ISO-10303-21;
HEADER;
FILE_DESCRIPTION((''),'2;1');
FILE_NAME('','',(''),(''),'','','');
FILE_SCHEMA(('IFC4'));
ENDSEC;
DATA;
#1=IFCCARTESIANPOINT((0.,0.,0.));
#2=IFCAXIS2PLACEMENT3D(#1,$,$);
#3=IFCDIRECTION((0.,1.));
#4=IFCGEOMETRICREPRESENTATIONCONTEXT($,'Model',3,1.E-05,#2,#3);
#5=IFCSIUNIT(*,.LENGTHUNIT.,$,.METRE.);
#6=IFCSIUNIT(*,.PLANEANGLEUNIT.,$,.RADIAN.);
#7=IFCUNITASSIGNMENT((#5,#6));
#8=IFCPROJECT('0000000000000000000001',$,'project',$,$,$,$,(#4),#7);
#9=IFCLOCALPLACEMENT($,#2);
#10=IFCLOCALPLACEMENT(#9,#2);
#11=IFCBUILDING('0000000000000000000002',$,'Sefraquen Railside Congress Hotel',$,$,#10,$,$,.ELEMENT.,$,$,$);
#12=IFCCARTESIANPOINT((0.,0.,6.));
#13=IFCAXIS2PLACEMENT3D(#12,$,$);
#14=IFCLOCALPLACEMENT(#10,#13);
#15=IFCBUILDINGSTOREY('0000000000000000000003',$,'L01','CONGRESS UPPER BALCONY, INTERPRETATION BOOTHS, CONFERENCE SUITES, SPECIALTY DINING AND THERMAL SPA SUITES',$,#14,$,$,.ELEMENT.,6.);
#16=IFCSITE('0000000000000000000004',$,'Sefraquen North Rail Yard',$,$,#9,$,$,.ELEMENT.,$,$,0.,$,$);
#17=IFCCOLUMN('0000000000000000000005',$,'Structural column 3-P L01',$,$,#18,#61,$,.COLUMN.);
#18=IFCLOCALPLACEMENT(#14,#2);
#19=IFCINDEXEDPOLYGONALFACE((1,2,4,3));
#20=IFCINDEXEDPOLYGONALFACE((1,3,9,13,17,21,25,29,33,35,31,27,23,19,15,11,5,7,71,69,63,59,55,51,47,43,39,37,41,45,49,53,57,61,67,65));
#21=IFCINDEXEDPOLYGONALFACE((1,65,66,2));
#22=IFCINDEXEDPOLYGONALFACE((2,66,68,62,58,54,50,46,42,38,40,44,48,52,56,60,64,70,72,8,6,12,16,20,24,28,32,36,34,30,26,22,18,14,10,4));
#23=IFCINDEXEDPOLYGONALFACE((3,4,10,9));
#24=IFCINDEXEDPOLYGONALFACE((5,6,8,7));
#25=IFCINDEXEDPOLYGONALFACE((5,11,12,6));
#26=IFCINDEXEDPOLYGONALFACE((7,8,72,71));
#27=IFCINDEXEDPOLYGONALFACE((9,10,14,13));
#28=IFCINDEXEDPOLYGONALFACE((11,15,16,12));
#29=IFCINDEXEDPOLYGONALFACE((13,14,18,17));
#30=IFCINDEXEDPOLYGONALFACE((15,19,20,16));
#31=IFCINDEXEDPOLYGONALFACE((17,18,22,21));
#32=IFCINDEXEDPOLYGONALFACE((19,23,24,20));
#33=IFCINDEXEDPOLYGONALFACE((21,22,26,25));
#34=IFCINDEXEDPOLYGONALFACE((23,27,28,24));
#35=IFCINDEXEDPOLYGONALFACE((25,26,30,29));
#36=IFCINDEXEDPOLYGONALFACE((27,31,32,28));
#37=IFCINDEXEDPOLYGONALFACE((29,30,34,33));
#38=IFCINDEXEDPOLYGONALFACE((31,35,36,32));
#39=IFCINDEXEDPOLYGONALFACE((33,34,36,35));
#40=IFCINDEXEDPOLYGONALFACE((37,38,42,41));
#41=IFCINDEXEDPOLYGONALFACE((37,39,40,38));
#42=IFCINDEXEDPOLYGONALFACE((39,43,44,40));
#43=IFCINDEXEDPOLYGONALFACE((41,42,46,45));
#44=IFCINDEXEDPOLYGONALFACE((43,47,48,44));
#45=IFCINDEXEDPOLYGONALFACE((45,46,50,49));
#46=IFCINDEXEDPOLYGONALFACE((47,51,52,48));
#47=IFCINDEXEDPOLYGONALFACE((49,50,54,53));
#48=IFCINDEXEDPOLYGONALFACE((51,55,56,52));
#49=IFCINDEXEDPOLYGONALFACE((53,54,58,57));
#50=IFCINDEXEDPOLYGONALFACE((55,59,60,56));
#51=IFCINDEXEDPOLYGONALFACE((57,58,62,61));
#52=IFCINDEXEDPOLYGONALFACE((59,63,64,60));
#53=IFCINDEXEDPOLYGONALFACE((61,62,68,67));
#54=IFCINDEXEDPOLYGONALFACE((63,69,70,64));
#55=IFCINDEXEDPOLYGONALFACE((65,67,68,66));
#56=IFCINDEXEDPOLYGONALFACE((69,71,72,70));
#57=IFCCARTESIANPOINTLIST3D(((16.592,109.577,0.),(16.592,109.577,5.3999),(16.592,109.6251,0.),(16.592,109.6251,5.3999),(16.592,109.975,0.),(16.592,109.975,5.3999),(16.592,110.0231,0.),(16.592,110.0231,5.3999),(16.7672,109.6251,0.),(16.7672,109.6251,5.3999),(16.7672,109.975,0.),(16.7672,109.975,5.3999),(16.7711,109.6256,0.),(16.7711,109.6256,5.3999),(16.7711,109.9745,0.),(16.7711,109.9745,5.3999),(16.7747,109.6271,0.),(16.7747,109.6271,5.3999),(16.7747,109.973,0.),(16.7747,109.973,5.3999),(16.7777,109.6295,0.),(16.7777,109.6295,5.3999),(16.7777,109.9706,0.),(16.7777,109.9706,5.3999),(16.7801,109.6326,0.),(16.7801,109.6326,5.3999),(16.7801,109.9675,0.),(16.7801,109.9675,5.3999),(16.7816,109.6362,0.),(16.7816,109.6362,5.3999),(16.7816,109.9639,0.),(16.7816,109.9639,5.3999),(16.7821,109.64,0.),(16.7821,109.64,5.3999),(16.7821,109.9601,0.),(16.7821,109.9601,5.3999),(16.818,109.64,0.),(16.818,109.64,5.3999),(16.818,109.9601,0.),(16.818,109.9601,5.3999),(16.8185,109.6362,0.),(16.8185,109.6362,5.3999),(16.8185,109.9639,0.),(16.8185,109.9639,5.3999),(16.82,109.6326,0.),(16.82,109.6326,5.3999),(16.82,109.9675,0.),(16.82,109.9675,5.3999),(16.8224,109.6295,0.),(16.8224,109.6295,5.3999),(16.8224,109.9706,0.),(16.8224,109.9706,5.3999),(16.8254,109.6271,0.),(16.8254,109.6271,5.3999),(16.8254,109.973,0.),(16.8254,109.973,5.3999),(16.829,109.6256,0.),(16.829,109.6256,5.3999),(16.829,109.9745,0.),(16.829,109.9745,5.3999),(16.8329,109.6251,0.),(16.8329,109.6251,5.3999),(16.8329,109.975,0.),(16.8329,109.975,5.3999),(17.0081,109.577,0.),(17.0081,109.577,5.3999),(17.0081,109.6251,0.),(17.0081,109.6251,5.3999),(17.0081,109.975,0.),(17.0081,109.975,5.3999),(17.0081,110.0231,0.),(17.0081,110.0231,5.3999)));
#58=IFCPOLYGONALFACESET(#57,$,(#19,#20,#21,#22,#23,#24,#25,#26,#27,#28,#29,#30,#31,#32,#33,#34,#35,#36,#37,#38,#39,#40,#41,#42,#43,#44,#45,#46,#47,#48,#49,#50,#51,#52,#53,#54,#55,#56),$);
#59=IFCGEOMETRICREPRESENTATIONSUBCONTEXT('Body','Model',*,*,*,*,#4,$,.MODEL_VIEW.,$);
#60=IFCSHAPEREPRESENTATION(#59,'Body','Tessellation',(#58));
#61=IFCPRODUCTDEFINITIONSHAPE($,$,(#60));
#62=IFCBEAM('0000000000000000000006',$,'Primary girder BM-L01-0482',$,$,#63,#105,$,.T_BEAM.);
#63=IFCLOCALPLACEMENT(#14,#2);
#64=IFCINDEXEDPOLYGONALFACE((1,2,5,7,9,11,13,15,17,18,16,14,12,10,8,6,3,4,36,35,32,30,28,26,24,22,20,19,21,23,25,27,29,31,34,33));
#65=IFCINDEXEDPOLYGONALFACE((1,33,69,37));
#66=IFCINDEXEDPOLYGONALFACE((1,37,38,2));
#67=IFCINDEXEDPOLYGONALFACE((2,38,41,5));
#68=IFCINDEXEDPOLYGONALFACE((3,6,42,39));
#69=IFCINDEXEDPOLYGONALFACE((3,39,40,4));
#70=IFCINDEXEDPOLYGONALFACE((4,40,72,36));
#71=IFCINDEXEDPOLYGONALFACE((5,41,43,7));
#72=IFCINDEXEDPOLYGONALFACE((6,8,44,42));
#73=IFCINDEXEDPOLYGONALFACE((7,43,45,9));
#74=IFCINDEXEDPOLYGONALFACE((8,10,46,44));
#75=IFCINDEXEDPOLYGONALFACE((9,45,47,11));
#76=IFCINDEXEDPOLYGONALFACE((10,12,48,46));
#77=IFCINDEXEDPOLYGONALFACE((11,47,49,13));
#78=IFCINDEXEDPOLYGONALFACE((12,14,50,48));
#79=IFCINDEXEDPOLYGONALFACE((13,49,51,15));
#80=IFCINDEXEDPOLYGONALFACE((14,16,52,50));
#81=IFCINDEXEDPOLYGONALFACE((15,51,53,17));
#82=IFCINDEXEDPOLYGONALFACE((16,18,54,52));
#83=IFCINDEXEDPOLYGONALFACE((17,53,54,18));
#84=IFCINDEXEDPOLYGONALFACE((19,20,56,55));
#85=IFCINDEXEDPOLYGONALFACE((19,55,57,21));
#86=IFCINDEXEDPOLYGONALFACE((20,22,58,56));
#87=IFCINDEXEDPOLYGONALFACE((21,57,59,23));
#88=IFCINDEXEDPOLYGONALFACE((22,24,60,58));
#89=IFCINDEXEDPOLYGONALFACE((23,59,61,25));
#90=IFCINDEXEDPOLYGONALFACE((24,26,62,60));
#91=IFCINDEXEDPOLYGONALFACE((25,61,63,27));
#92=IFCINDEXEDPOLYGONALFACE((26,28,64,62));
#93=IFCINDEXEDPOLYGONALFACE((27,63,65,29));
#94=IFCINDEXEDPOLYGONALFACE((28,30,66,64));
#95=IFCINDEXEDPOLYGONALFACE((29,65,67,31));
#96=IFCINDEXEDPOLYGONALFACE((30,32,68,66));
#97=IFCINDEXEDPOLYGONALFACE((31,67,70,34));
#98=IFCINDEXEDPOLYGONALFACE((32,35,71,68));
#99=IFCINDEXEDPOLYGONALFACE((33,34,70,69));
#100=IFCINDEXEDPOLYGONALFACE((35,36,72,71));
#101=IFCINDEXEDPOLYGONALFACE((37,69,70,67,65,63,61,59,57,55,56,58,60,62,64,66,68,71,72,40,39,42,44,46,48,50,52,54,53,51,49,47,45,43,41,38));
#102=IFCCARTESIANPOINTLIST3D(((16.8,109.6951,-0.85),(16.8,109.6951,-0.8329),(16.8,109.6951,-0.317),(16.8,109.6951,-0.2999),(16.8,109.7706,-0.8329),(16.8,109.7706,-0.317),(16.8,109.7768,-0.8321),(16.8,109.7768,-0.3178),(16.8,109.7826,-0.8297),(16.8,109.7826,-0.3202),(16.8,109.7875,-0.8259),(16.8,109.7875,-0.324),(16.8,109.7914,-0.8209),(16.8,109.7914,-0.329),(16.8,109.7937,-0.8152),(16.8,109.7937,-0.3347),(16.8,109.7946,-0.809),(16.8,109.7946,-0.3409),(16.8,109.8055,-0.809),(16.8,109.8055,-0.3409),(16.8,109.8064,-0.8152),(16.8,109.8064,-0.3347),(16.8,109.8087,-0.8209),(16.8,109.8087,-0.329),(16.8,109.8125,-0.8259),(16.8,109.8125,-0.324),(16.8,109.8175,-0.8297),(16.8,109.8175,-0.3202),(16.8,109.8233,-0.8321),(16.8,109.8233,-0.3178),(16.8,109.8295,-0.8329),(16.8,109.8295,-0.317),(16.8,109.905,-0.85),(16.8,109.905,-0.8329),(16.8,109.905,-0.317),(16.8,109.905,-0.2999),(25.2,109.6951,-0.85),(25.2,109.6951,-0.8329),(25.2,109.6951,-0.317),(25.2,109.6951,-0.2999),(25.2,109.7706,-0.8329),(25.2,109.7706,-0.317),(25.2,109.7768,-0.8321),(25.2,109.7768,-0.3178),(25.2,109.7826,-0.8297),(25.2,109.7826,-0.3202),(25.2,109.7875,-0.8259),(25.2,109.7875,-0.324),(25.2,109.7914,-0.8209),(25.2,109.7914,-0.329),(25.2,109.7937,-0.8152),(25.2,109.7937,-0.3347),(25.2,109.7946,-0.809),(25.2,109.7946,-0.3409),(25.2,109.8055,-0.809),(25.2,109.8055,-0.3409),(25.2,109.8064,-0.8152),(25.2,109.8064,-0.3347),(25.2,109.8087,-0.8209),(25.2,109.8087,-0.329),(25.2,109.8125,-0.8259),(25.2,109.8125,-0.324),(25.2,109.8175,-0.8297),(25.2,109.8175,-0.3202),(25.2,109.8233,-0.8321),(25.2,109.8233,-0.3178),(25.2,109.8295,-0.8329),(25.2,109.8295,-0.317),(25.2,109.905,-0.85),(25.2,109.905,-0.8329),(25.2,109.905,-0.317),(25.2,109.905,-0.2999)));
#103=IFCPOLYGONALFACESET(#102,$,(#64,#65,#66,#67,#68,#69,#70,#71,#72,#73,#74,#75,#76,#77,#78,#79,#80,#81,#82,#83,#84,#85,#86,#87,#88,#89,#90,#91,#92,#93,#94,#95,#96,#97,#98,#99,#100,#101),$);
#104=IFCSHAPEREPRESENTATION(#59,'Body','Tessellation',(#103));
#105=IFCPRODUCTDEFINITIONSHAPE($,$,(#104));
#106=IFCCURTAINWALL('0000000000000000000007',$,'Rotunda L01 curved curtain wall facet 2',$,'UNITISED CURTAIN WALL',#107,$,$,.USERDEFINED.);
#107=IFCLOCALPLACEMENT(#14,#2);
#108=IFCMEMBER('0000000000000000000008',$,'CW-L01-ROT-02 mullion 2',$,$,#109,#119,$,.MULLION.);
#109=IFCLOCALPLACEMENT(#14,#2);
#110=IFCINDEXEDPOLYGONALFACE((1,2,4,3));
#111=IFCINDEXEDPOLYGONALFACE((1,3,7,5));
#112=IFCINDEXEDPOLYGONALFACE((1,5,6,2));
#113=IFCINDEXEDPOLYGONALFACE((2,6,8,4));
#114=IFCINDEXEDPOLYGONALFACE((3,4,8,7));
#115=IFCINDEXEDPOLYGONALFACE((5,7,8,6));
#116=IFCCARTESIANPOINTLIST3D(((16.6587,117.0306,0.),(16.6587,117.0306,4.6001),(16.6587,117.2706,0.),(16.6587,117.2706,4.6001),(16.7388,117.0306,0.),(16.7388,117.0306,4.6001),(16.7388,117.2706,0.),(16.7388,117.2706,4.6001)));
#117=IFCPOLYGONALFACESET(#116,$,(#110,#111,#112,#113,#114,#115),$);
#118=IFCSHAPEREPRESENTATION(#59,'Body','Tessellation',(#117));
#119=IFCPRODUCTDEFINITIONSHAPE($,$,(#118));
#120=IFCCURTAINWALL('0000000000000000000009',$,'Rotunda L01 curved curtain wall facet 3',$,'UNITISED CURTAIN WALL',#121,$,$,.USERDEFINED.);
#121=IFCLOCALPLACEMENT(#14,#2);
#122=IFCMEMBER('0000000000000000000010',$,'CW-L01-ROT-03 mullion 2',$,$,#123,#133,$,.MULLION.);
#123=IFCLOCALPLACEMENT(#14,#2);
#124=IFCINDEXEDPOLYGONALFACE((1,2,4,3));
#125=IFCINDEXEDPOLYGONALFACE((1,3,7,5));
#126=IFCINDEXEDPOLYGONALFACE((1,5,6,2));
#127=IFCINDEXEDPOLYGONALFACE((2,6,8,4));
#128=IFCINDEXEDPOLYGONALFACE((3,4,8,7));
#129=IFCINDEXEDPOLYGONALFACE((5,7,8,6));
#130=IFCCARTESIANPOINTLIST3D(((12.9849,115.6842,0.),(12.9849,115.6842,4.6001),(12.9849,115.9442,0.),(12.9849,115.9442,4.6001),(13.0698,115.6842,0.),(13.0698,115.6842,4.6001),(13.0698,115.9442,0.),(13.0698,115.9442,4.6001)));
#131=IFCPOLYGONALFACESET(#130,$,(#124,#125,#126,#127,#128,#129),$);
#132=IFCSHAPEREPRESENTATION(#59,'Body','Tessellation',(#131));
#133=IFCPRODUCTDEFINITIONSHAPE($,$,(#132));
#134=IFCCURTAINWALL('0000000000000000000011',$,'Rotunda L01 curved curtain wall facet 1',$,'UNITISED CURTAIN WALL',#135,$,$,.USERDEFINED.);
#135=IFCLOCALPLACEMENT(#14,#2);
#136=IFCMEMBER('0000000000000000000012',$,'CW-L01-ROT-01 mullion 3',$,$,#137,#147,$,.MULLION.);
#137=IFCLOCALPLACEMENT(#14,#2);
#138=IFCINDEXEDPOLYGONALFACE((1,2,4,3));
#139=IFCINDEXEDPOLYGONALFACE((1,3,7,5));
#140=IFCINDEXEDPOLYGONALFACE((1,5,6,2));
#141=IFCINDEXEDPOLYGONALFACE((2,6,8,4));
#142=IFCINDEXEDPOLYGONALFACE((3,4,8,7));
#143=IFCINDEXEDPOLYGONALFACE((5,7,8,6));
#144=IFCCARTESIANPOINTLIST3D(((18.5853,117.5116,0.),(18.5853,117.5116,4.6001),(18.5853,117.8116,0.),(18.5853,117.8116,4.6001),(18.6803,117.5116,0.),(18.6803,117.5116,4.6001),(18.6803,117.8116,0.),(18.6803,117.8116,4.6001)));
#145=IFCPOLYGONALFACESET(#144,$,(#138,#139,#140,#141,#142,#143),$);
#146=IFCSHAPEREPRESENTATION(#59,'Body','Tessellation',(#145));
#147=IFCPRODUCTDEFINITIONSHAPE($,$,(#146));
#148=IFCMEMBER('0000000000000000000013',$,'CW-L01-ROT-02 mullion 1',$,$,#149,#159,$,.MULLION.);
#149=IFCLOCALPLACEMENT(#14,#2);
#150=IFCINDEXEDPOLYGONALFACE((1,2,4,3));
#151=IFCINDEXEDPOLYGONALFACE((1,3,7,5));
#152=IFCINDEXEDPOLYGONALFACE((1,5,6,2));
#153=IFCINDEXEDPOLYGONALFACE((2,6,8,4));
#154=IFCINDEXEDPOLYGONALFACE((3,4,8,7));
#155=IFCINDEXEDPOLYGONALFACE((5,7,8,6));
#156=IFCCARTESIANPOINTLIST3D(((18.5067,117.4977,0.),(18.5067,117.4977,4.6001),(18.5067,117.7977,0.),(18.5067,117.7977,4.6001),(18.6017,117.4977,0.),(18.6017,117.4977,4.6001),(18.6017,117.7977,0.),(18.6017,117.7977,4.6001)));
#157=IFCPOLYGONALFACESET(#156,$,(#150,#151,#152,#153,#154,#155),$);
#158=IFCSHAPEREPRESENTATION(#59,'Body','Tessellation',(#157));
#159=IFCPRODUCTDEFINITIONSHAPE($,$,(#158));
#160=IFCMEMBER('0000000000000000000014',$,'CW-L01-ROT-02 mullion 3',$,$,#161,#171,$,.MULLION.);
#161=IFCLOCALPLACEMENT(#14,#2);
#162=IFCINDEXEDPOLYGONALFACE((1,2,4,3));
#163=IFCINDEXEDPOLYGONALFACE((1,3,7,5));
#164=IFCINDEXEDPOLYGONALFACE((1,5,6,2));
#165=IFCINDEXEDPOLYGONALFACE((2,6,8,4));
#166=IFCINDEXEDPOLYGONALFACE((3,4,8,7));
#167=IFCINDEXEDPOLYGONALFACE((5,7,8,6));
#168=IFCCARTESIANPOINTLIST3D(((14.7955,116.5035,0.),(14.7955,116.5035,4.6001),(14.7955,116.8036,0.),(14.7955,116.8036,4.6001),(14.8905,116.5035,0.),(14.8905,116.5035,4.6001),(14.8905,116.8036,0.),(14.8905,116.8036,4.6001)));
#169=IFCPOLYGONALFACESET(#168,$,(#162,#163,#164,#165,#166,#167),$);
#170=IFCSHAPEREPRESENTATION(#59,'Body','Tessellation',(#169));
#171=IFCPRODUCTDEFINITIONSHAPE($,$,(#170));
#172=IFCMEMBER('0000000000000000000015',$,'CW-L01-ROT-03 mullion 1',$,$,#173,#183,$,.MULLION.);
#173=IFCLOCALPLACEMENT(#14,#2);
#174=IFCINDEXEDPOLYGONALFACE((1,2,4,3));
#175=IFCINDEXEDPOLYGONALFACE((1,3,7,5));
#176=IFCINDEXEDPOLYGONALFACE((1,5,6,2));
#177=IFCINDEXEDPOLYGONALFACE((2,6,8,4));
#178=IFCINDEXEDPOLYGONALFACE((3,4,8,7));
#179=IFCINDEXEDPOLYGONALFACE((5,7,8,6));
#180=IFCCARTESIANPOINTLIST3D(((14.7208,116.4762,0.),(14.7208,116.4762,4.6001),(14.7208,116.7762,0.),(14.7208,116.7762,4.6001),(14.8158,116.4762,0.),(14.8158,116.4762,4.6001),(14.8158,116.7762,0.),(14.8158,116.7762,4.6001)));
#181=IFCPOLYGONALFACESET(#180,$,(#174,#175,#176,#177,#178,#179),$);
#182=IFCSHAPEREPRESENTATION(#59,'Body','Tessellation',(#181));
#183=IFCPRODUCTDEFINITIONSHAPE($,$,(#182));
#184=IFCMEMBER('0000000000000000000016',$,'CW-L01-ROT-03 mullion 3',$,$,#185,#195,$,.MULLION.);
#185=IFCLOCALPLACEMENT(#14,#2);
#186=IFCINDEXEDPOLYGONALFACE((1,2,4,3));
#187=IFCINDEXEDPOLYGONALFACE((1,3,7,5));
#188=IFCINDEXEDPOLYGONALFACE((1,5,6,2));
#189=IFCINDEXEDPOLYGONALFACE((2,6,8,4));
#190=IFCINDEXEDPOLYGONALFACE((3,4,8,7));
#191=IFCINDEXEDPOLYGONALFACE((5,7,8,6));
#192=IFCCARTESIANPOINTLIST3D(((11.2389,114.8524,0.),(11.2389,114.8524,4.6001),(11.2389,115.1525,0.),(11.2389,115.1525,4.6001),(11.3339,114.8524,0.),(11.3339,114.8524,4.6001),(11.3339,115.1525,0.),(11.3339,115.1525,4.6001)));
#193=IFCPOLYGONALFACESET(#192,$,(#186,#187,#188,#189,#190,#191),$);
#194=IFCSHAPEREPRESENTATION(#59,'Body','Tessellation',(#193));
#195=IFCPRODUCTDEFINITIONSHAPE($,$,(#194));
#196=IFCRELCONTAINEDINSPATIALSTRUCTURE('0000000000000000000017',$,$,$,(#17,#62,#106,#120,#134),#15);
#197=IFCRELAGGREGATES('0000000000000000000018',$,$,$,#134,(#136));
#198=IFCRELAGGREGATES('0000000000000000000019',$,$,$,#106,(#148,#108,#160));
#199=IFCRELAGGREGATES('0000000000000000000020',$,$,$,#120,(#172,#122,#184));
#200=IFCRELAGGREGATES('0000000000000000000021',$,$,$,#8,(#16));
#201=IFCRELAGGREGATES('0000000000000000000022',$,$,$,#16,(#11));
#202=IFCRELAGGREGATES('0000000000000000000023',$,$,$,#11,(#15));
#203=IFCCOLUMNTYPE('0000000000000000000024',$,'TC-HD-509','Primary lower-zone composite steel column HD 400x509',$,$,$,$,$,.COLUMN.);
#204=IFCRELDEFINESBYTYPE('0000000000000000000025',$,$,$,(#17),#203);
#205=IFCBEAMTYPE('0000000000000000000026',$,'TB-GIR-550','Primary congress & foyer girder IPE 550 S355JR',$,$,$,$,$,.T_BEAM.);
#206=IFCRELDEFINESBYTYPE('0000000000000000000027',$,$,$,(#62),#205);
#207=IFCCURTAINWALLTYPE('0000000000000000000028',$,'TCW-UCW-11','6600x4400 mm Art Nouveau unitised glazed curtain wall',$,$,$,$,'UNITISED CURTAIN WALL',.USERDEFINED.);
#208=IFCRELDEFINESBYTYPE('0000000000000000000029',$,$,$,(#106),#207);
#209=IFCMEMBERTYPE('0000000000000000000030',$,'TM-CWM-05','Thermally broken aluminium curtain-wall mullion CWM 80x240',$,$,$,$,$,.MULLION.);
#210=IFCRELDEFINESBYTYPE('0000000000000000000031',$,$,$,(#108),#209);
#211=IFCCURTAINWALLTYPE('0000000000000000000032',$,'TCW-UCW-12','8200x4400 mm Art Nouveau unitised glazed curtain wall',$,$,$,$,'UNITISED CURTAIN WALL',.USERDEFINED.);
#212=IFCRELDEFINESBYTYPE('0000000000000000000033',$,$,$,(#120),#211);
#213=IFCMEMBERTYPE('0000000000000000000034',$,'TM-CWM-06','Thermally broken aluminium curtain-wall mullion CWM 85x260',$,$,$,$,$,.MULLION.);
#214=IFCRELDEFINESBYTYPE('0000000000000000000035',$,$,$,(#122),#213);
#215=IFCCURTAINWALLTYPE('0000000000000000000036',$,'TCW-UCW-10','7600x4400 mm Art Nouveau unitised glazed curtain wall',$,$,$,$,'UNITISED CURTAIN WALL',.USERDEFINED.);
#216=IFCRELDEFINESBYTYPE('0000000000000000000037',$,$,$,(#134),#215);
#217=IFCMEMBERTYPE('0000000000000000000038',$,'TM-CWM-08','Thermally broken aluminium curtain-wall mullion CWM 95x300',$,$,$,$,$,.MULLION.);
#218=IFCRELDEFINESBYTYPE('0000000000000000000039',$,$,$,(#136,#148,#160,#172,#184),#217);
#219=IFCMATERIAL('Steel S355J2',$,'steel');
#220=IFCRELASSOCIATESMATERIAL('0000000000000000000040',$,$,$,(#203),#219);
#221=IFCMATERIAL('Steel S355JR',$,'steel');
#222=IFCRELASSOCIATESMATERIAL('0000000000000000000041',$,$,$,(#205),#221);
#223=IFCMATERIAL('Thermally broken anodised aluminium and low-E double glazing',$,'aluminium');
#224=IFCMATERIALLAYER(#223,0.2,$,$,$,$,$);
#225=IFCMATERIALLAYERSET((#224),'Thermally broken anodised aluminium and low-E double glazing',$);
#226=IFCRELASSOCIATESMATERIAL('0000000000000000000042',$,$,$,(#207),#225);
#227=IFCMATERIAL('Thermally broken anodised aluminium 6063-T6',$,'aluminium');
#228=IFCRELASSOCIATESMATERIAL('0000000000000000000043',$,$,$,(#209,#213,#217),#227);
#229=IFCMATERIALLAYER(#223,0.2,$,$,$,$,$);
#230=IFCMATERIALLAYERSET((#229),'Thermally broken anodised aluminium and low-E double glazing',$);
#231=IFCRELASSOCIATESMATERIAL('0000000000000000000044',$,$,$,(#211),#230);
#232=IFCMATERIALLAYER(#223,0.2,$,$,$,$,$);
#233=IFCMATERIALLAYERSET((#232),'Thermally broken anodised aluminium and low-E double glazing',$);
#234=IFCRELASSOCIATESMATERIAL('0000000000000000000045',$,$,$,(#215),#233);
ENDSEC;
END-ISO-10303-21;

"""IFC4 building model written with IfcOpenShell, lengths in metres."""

from ifc_helpers import new_model, si_unit, direction, frame, origin, origin_2d, place, context, subcontext, project, spatial, rectangle, i_section, extrude, material, layer, layer_set, material_profile, profile_set, type_object, element, aggregate, save


model = new_model("IFC4")

# Units and contexts
model_context = context("Model", 3, precision=1e-05, world=origin(), true_north=direction((0.0, 1.0)))
body_context = subcontext(model_context, "Body", "Model", "MODEL_VIEW")
ifc_project = project(units=[si_unit("LENGTHUNIT", "METRE"), si_unit("PLANEANGLEUNIT", "RADIAN")], contexts=[model_context])

# Site, building, storey
site_placement = place(None, origin())
site = spatial("IfcSite", under=ifc_project, at=site_placement, Name="Sefraquen North Rail Yard", CompositionType="ELEMENT", RefElevation=0.0)
building_placement = place(site_placement, origin())
building = spatial("IfcBuilding", under=site, at=building_placement, Name="Sefraquen Railside Congress Hotel", CompositionType="ELEMENT")
storey_placement = place(building_placement, frame((0.0, 0.0, 6.0)))
storey = spatial("IfcBuildingStorey", under=building, at=storey_placement, Name="L01", Description="CONGRESS UPPER BALCONY, INTERPRETATION BOOTHS, CONFERENCE SUITES, SPECIALTY DINING AND THERMAL SPA SUITES", CompositionType="ELEMENT", Elevation=6.0)

# Column
ifc_material_1 = material(Name="Steel S355J2", Category="steel")
ifc_material_profile_1 = material_profile(ifc_material_1, i_section(OverallWidth=0.416, OverallDepth=0.446, WebThickness=0.0359, FlangeThickness=0.0481, FilletRadius=0.0149, at=origin_2d()), Name="HD 400x509")
ifc_profile_set_1 = profile_set([ifc_material_profile_1], Name="Steel S355J2")
column_type = type_object("IfcColumnType", Name="TC-HD-509", Description="Primary lower-zone composite steel column HD 400x509", PredefinedType="COLUMN", material=ifc_profile_set_1)
column_placement = place(storey_placement, frame((16.8, 109.8, 0.0), z_axis=(0.0, 0.0, 1.0), x_axis=(1.0, 0.0, 0.0)))
element("IfcColumn", 1, at=column_placement, inside=storey, type_object=column_type, Name="Structural column 3-P L01", PredefinedType="COLUMN", context=body_context, shape_type="SweptSolid", body=[
    extrude(i_section(OverallWidth=0.416, OverallDepth=0.446, WebThickness=0.0359, FlangeThickness=0.0481, FilletRadius=0.0149, at=origin_2d()), origin(), (0.0, 0.0, 1.0), 5.3999),
])

# Beam
ifc_material_2 = material(Name="Steel S355JR", Category="steel")
ifc_material_profile_2 = material_profile(ifc_material_2, i_section(OverallWidth=0.21, OverallDepth=0.55, WebThickness=0.011, FlangeThickness=0.0171, FilletRadius=0.0239, at=origin_2d()), Name="IPE 550")
ifc_profile_set_2 = profile_set([ifc_material_profile_2], Name="Steel S355JR")
beam_type = type_object("IfcBeamType", Name="TB-GIR-550", Description="Primary congress & foyer girder IPE 550 S355JR", PredefinedType="T_BEAM", material=ifc_profile_set_2)
beam_placement = place(storey_placement, frame((16.8, 109.8, -0.575), z_axis=(1.0, 0.0, 0.0), x_axis=(0.0, 1.0, 0.0)))
element("IfcBeam", 2, at=beam_placement, inside=storey, type_object=beam_type, Name="Primary girder BM-L01-0482", PredefinedType="T_BEAM", context=body_context, shape_type="SweptSolid", body=[
    extrude(i_section(OverallWidth=0.21, OverallDepth=0.55, WebThickness=0.011, FlangeThickness=0.0171, FilletRadius=0.0239, at=origin_2d()), origin(), (0.0, 0.0, 1.0), 8.3999),
])

# Curtain walls, members
ifc_material_3 = material(Name="Thermally broken anodised aluminium and low-E double glazing", Category="aluminium")
ifc_layer_1 = layer(ifc_material_3, 0.2)
ifc_layer_set_1 = layer_set([ifc_layer_1], Name="Thermally broken anodised aluminium and low-E double glazing")
curtain_wall_type_1 = type_object("IfcCurtainWallType", Name="TCW-UCW-11", Description="6600x4400 mm Art Nouveau unitised glazed curtain wall", ElementType="UNITISED CURTAIN WALL", PredefinedType="USERDEFINED", material=ifc_layer_set_1)
curtain_wall_1_placement = place(storey_placement, origin())
curtain_wall_1 = element("IfcCurtainWall", 3, at=curtain_wall_1_placement, inside=storey, type_object=curtain_wall_type_1, Name="Rotunda L01 curved curtain wall facet 2", ObjectType="UNITISED CURTAIN WALL", PredefinedType="USERDEFINED")
ifc_material_4 = material(Name="Thermally broken anodised aluminium 6063-T6", Category="aluminium")
ifc_material_profile_3 = material_profile(ifc_material_4, rectangle(XDim=0.0801, YDim=0.24, at=origin_2d()), Name="CWM 80x240")
ifc_profile_set_3 = profile_set([ifc_material_profile_3], Name="Thermally broken anodised aluminium 6063-T6")
member_type_1 = type_object("IfcMemberType", Name="TM-CWM-05", Description="Thermally broken aluminium curtain-wall mullion CWM 80x240", PredefinedType="MULLION", material=ifc_profile_set_3)
member_1_placement = place(storey_placement, frame((16.6987, 117.1506, 0.0), z_axis=(0.0, 0.0, 1.0), x_axis=(1.0, 0.0, 0.0)))
member_1 = element("IfcMember", 4, at=member_1_placement, type_object=member_type_1, Name="CW-L01-ROT-02 mullion 2", PredefinedType="MULLION", context=body_context, shape_type="SweptSolid", body=[
    extrude(rectangle(XDim=0.0801, YDim=0.24, at=origin_2d()), origin(), (0.0, 0.0, 1.0), 4.6001),
])
ifc_layer_2 = layer(ifc_material_3, 0.2)
ifc_layer_set_2 = layer_set([ifc_layer_2], Name="Thermally broken anodised aluminium and low-E double glazing")
curtain_wall_type_2 = type_object("IfcCurtainWallType", Name="TCW-UCW-12", Description="8200x4400 mm Art Nouveau unitised glazed curtain wall", ElementType="UNITISED CURTAIN WALL", PredefinedType="USERDEFINED", material=ifc_layer_set_2)
curtain_wall_2_placement = place(storey_placement, origin())
curtain_wall_2 = element("IfcCurtainWall", 5, at=curtain_wall_2_placement, inside=storey, type_object=curtain_wall_type_2, Name="Rotunda L01 curved curtain wall facet 3", ObjectType="UNITISED CURTAIN WALL", PredefinedType="USERDEFINED")
ifc_material_profile_4 = material_profile(ifc_material_4, rectangle(XDim=0.085, YDim=0.26, at=origin_2d()), Name="CWM 85x260")
ifc_profile_set_4 = profile_set([ifc_material_profile_4], Name="Thermally broken anodised aluminium 6063-T6")
member_type_2 = type_object("IfcMemberType", Name="TM-CWM-06", Description="Thermally broken aluminium curtain-wall mullion CWM 85x260", PredefinedType="MULLION", material=ifc_profile_set_4)
member_2_placement = place(storey_placement, frame((13.0273, 115.8142, 0.0), z_axis=(0.0, 0.0, 1.0), x_axis=(1.0, 0.0, 0.0)))
member_2 = element("IfcMember", 6, at=member_2_placement, type_object=member_type_2, Name="CW-L01-ROT-03 mullion 2", PredefinedType="MULLION", context=body_context, shape_type="SweptSolid", body=[
    extrude(rectangle(XDim=0.085, YDim=0.26, at=origin_2d()), origin(), (0.0, 0.0, 1.0), 4.6001),
])
ifc_layer_3 = layer(ifc_material_3, 0.2)
ifc_layer_set_3 = layer_set([ifc_layer_3], Name="Thermally broken anodised aluminium and low-E double glazing")
curtain_wall_type_3 = type_object("IfcCurtainWallType", Name="TCW-UCW-10", Description="7600x4400 mm Art Nouveau unitised glazed curtain wall", ElementType="UNITISED CURTAIN WALL", PredefinedType="USERDEFINED", material=ifc_layer_set_3)
curtain_wall_3_placement = place(storey_placement, origin())
curtain_wall_3 = element("IfcCurtainWall", 7, at=curtain_wall_3_placement, inside=storey, type_object=curtain_wall_type_3, Name="Rotunda L01 curved curtain wall facet 1", ObjectType="UNITISED CURTAIN WALL", PredefinedType="USERDEFINED")
ifc_material_profile_5 = material_profile(ifc_material_4, rectangle(XDim=0.095, YDim=0.3, at=origin_2d()), Name="CWM 95x300")
ifc_profile_set_5 = profile_set([ifc_material_profile_5], Name="Thermally broken anodised aluminium 6063-T6")
member_type_3 = type_object("IfcMemberType", Name="TM-CWM-08", Description="Thermally broken aluminium curtain-wall mullion CWM 95x300", PredefinedType="MULLION", material=ifc_profile_set_5)
member_3_placement = place(storey_placement, frame((18.6328, 117.6616, 0.0), z_axis=(0.0, 0.0, 1.0), x_axis=(1.0, 0.0, 0.0)))
member_3 = element("IfcMember", 8, at=member_3_placement, type_object=member_type_3, Name="CW-L01-ROT-01 mullion 3", PredefinedType="MULLION", context=body_context, shape_type="SweptSolid", body=[
    extrude(rectangle(XDim=0.095, YDim=0.3, at=origin_2d()), origin(), (0.0, 0.0, 1.0), 4.6001),
])
aggregate(curtain_wall_3, [member_3])

# Members
member_4_placement = place(storey_placement, frame((18.5542, 117.6477, 0.0), z_axis=(0.0, 0.0, 1.0), x_axis=(1.0, 0.0, 0.0)))
member_4 = element("IfcMember", 9, at=member_4_placement, type_object=member_type_3, Name="CW-L01-ROT-02 mullion 1", PredefinedType="MULLION", context=body_context, shape_type="SweptSolid", body=[
    extrude(rectangle(XDim=0.095, YDim=0.3, at=origin_2d()), origin(), (0.0, 0.0, 1.0), 4.6001),
])
member_5_placement = place(storey_placement, frame((14.843, 116.6536, 0.0), z_axis=(0.0, 0.0, 1.0), x_axis=(1.0, 0.0, 0.0)))
member_5 = element("IfcMember", 10, at=member_5_placement, type_object=member_type_3, Name="CW-L01-ROT-02 mullion 3", PredefinedType="MULLION", context=body_context, shape_type="SweptSolid", body=[
    extrude(rectangle(XDim=0.095, YDim=0.3, at=origin_2d()), origin(), (0.0, 0.0, 1.0), 4.6001),
])
member_6_placement = place(storey_placement, frame((14.7683, 116.6262, 0.0), z_axis=(0.0, 0.0, 1.0), x_axis=(1.0, 0.0, 0.0)))
member_6 = element("IfcMember", 11, at=member_6_placement, type_object=member_type_3, Name="CW-L01-ROT-03 mullion 1", PredefinedType="MULLION", context=body_context, shape_type="SweptSolid", body=[
    extrude(rectangle(XDim=0.095, YDim=0.3, at=origin_2d()), origin(), (0.0, 0.0, 1.0), 4.6001),
])
member_7_placement = place(storey_placement, frame((11.2864, 115.0024, 0.0), z_axis=(0.0, 0.0, 1.0), x_axis=(1.0, 0.0, 0.0)))
member_7 = element("IfcMember", 12, at=member_7_placement, type_object=member_type_3, Name="CW-L01-ROT-03 mullion 3", PredefinedType="MULLION", context=body_context, shape_type="SweptSolid", body=[
    extrude(rectangle(XDim=0.095, YDim=0.3, at=origin_2d()), origin(), (0.0, 0.0, 1.0), 4.6001),
])

aggregate(curtain_wall_1, [member_4, member_1, member_5])
aggregate(curtain_wall_2, [member_6, member_2, member_7])

save(model, "model.ifc")
